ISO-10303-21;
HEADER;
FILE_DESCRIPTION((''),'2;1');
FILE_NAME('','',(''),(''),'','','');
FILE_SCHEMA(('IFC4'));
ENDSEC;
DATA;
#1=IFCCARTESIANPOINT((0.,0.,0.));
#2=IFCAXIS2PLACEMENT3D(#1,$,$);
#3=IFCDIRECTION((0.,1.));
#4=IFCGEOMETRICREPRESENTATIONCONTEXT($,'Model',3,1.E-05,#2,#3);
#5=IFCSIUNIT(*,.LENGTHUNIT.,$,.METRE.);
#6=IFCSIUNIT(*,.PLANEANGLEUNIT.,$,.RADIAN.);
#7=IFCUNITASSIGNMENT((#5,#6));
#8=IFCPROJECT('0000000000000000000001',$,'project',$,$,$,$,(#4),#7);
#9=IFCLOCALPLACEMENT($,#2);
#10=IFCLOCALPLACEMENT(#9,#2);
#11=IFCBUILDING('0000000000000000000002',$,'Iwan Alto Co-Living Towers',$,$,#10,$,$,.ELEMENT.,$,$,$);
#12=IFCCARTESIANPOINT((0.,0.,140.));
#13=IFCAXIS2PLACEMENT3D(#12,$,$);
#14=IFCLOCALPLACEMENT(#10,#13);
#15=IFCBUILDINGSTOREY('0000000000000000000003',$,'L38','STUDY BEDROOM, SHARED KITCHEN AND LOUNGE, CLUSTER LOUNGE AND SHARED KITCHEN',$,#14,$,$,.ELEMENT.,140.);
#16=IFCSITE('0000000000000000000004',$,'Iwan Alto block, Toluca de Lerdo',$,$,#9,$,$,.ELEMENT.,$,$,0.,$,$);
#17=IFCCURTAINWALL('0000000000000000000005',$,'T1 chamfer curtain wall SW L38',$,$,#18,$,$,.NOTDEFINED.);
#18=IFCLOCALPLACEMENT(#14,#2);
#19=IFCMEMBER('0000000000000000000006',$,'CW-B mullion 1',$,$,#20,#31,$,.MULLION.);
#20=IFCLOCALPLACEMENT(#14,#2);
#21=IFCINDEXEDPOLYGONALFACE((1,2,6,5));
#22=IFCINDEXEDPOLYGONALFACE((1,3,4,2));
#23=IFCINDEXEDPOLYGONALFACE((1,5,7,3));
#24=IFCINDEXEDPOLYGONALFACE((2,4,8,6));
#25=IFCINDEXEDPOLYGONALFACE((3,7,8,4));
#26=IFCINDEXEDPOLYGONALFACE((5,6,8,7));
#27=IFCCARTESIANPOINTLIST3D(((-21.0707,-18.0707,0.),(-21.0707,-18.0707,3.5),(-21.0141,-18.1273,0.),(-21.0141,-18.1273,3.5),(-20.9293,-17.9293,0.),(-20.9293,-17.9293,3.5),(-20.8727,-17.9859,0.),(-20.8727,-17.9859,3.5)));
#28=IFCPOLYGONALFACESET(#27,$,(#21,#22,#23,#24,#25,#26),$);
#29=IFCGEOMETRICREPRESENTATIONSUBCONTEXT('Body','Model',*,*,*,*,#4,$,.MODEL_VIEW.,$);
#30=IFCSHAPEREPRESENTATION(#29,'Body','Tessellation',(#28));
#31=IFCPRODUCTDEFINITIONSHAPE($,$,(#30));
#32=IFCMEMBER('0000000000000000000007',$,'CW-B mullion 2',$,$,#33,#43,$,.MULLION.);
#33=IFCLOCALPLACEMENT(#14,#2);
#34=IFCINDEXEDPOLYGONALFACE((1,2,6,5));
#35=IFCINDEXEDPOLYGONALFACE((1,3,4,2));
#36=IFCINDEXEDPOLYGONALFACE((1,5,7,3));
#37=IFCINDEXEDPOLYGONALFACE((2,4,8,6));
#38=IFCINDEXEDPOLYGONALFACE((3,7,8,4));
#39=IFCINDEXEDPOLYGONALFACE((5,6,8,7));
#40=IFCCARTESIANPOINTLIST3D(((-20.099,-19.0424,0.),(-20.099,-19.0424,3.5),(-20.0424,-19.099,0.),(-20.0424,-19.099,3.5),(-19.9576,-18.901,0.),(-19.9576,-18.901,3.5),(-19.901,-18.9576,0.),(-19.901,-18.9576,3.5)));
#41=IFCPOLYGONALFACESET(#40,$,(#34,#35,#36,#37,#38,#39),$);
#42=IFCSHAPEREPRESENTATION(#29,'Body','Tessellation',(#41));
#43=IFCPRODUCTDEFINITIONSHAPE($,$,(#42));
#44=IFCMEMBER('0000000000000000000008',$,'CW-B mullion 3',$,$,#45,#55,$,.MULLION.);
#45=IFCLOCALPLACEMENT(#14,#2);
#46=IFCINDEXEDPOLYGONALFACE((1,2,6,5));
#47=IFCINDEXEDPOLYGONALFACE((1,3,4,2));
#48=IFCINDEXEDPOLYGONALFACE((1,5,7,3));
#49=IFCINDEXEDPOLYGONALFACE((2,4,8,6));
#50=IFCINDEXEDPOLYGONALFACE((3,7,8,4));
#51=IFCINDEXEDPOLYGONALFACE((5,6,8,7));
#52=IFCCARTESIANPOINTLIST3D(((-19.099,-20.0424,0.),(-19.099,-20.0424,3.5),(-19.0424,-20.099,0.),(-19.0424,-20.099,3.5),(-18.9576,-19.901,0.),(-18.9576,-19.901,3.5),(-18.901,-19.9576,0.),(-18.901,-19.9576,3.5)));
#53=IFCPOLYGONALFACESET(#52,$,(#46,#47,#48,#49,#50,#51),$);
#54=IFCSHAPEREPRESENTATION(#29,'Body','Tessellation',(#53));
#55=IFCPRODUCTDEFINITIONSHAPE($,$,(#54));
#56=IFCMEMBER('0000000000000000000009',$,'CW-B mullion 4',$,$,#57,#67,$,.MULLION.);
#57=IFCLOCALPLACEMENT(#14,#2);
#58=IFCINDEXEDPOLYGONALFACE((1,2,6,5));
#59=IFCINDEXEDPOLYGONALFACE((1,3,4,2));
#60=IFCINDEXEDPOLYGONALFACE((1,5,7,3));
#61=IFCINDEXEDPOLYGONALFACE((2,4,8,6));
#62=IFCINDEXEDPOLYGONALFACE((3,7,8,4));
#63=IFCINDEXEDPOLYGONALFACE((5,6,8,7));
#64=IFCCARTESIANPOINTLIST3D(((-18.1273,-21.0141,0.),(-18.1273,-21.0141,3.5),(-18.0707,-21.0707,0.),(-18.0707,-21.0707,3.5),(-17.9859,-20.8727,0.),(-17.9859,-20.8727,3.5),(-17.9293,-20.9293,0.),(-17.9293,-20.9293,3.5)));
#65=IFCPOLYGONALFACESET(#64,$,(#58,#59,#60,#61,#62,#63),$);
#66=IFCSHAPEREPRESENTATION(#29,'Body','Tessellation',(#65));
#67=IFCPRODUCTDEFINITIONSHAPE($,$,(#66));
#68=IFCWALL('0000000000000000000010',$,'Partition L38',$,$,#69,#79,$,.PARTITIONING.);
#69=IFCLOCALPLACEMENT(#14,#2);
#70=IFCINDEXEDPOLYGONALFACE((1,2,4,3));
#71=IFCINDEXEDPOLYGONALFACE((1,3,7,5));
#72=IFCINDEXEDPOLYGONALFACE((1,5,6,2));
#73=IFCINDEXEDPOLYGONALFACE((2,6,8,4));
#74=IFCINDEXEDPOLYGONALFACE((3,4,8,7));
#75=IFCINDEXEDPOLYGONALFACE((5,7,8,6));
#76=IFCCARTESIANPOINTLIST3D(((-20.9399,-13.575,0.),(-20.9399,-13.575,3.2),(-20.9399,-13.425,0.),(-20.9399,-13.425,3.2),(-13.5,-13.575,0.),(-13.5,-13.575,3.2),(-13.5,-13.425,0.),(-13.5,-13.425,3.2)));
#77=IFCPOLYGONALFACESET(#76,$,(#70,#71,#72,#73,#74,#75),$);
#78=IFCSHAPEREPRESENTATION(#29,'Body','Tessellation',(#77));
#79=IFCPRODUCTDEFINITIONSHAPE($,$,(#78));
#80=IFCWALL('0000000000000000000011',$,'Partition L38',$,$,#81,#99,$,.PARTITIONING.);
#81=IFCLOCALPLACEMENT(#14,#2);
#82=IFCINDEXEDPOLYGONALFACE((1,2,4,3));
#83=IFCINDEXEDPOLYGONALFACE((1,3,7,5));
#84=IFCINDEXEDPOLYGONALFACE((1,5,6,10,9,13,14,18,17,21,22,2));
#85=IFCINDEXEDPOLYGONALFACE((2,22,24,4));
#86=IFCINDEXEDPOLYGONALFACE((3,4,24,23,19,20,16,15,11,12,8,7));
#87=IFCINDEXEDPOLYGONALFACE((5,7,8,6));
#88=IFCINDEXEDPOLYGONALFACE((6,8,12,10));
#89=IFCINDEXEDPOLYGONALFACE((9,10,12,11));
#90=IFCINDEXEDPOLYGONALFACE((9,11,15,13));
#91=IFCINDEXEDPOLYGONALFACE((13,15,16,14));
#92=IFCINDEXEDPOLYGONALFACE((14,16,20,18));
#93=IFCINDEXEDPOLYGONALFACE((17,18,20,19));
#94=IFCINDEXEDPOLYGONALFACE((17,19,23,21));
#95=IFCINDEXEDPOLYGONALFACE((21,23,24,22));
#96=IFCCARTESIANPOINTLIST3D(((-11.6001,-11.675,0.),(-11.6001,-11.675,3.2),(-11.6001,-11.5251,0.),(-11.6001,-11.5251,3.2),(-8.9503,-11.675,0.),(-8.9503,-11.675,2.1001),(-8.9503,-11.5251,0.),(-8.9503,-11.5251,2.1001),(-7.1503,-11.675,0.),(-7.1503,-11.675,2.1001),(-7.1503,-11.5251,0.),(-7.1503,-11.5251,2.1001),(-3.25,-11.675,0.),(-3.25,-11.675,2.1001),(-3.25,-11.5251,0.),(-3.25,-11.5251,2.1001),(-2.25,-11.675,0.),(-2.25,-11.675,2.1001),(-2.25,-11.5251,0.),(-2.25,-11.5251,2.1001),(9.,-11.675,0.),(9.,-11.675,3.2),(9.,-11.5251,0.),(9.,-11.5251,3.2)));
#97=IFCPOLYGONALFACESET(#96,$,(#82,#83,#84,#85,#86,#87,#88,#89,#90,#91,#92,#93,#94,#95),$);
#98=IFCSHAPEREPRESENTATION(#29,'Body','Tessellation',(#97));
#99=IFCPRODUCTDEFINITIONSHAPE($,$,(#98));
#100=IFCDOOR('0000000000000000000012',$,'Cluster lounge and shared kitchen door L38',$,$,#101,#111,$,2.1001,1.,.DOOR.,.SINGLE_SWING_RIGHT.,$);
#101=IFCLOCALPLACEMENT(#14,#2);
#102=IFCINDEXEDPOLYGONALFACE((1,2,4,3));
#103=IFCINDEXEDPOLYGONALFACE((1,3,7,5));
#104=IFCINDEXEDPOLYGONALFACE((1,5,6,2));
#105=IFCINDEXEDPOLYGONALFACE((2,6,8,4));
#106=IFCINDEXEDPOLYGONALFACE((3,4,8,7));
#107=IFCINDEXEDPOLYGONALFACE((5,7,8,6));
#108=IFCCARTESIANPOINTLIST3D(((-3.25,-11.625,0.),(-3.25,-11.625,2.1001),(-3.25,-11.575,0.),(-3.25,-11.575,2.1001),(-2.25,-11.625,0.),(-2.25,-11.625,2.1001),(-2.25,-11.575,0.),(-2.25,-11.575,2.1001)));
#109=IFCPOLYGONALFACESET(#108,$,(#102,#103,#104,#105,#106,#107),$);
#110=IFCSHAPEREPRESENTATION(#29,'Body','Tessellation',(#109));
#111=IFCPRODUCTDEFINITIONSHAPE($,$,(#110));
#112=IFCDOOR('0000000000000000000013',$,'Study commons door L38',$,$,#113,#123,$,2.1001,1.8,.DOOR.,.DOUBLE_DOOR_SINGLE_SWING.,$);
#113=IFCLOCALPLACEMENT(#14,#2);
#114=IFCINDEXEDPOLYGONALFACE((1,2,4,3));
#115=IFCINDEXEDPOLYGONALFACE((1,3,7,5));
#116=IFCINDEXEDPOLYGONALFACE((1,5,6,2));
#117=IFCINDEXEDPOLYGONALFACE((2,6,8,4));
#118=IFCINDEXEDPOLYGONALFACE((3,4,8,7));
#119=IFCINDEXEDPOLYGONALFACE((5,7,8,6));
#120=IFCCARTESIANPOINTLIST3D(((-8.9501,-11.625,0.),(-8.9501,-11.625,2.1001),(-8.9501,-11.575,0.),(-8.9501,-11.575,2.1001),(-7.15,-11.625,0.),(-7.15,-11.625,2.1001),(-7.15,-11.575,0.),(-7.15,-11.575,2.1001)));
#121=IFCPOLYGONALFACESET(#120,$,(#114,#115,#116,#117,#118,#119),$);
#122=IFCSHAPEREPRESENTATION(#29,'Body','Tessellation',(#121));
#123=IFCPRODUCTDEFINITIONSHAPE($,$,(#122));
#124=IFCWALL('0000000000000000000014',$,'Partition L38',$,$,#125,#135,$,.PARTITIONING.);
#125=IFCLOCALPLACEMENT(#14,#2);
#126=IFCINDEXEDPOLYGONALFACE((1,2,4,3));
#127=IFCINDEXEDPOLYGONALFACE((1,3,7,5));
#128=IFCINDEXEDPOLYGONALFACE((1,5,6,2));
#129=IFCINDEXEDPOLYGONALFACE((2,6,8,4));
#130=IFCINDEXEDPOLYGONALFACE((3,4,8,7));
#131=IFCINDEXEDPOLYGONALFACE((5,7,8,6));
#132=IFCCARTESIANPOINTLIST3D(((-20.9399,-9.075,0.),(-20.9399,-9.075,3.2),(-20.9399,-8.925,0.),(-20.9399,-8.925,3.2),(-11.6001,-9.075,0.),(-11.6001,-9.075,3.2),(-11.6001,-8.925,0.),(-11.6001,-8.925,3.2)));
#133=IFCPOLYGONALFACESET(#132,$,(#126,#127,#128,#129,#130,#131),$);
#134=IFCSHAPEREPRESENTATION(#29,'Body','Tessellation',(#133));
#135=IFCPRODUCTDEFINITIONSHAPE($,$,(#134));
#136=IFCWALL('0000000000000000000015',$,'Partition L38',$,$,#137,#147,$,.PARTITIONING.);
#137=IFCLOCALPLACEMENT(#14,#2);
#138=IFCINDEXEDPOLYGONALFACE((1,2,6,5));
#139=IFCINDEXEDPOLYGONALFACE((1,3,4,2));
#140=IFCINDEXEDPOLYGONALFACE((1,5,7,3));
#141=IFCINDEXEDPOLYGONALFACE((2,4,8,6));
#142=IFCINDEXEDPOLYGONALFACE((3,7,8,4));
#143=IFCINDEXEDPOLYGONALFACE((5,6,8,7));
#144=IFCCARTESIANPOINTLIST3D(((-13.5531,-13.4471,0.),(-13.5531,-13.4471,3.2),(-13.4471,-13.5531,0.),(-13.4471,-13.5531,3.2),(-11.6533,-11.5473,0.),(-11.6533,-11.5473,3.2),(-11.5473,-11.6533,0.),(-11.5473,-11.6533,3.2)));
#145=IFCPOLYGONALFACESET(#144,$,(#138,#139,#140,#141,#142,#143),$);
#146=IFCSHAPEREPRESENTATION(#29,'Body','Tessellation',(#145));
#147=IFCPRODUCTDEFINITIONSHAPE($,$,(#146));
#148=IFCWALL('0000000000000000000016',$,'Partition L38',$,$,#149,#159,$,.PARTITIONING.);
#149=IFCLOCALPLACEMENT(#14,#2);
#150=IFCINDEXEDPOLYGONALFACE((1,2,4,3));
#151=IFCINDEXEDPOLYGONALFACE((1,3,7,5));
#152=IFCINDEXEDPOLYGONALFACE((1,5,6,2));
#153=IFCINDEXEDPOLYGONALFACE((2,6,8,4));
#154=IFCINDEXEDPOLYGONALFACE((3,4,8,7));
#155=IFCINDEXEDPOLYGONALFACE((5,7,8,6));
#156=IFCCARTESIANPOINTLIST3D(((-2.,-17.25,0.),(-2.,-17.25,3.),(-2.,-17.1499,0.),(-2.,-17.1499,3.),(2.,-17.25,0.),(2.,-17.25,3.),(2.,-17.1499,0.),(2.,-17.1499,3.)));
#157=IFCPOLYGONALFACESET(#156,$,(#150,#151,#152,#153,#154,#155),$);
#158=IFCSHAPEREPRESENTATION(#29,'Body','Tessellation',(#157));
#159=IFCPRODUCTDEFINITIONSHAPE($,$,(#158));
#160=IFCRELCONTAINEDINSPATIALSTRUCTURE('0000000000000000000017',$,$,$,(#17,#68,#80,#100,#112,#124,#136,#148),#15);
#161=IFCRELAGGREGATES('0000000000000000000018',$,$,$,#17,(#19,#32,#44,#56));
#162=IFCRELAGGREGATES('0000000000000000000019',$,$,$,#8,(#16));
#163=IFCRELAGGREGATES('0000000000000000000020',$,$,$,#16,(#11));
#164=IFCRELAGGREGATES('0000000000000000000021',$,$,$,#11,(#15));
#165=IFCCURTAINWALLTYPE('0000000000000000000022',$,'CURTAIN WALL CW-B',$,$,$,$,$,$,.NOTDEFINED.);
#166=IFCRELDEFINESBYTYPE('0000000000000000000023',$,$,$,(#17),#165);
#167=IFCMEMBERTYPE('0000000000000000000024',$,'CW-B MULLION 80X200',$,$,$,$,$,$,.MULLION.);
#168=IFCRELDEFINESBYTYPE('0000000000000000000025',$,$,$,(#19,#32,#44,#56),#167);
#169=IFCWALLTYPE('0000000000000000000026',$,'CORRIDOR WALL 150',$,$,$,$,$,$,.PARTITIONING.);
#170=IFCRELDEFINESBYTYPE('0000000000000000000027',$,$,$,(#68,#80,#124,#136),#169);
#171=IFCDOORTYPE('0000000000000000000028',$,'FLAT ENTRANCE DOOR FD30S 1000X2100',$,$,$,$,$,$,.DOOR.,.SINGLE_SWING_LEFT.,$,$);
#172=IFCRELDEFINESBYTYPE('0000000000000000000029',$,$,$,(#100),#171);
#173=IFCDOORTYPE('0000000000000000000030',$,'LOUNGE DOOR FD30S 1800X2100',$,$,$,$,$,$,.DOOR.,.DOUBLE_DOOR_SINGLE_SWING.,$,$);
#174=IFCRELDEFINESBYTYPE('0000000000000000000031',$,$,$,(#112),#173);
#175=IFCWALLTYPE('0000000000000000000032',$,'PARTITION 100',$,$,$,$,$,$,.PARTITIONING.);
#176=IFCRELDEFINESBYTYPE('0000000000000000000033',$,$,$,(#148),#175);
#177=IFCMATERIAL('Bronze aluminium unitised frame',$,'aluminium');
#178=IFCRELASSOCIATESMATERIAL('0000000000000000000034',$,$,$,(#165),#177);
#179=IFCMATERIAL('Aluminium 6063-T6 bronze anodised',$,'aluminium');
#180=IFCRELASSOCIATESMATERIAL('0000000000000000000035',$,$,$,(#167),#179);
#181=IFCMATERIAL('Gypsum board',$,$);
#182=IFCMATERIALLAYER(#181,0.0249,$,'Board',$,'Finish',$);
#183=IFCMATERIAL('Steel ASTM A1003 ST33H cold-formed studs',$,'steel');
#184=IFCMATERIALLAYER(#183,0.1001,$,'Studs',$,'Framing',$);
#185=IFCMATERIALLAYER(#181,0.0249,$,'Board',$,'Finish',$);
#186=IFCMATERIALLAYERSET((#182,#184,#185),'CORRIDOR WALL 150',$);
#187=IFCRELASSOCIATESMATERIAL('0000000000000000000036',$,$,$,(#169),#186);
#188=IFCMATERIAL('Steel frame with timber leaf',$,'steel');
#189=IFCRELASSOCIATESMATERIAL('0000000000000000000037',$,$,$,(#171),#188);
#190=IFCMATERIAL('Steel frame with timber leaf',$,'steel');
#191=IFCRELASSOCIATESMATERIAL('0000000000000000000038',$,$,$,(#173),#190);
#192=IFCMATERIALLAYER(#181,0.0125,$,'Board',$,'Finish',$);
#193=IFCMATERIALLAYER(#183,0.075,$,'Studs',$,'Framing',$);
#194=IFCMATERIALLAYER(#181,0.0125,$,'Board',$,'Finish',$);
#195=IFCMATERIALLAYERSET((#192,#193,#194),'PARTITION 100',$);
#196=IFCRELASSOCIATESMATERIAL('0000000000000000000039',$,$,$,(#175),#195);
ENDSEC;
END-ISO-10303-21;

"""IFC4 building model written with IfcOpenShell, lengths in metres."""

from ifc_helpers import new_model, si_unit, direction, frame, frame_2d, origin, origin_2d, place, context, subcontext, project, spatial, rectangle, extrude, material, layer, layer_set, material_profile, profile_set, type_object, element, fill, aggregate, save


model = new_model("IFC4")

# Units and contexts
model_context = context("Model", 3, precision=1e-05, world=origin(), true_north=direction((0.0, 1.0)))
body_context = subcontext(model_context, "Body", "Model", "MODEL_VIEW")
ifc_project = project(units=[si_unit("LENGTHUNIT", "METRE"), si_unit("PLANEANGLEUNIT", "RADIAN")], contexts=[model_context])

# Site, building, storey
site_placement = place(None, origin())
site = spatial("IfcSite", under=ifc_project, at=site_placement, Name="Iwan Alto block, Toluca de Lerdo", CompositionType="ELEMENT", RefElevation=0.0)
building_placement = place(site_placement, origin())
building = spatial("IfcBuilding", under=site, at=building_placement, Name="Iwan Alto Co-Living Towers", CompositionType="ELEMENT")
storey_placement = place(building_placement, frame((0.0, 0.0, 140.0)))
storey = spatial("IfcBuildingStorey", under=building, at=storey_placement, Name="L38", Description="STUDY BEDROOM, SHARED KITCHEN AND LOUNGE, CLUSTER LOUNGE AND SHARED KITCHEN", CompositionType="ELEMENT", Elevation=140.0)

# Curtain wall, members
ifc_material_1 = material(Name="Bronze aluminium unitised frame", Category="aluminium")
curtain_wall_type = type_object("IfcCurtainWallType", Name="CURTAIN WALL CW-B", PredefinedType="NOTDEFINED", material=ifc_material_1)
curtain_wall_placement = place(storey_placement, origin())
curtain_wall = element("IfcCurtainWall", 1, at=curtain_wall_placement, inside=storey, type_object=curtain_wall_type, Name="T1 chamfer curtain wall SW L38", PredefinedType="NOTDEFINED")
ifc_material_2 = material(Name="Aluminium 6063-T6 bronze anodised", Category="aluminium")
ifc_material_profile = material_profile(ifc_material_2, rectangle(XDim=0.2, YDim=0.0801, at=origin_2d()), Name="AL 80X200")
ifc_profile_set = profile_set([ifc_material_profile], Name="Aluminium 6063-T6 bronze anodised")
member_type = type_object("IfcMemberType", Name="CW-B MULLION 80X200", PredefinedType="MULLION", material=ifc_profile_set)
member_1_placement = place(storey_placement, frame((-20.9717, -18.0283, 0.0), z_axis=(0.0, 0.0, 1.0), x_axis=(0.707107, 0.707107, 0.0)))
member_1 = element("IfcMember", 2, at=member_1_placement, type_object=member_type, Name="CW-B mullion 1", PredefinedType="MULLION", context=body_context, shape_type="SweptSolid", body=[
    extrude(rectangle(XDim=0.2, YDim=0.0801, at=origin_2d()), origin(), (0.0, 0.0, 1.0), 3.5),
])
member_2_placement = place(storey_placement, frame((-20.0, -19.0, 0.0), z_axis=(0.0, 0.0, 1.0), x_axis=(0.707107, 0.707107, 0.0)))
member_2 = element("IfcMember", 3, at=member_2_placement, type_object=member_type, Name="CW-B mullion 2", PredefinedType="MULLION", context=body_context, shape_type="SweptSolid", body=[
    extrude(rectangle(XDim=0.2, YDim=0.0801, at=origin_2d()), origin(), (0.0, 0.0, 1.0), 3.5),
])
member_3_placement = place(storey_placement, frame((-19.0, -20.0, 0.0), z_axis=(0.0, 0.0, 1.0), x_axis=(0.707107, 0.707107, 0.0)))
member_3 = element("IfcMember", 4, at=member_3_placement, type_object=member_type, Name="CW-B mullion 3", PredefinedType="MULLION", context=body_context, shape_type="SweptSolid", body=[
    extrude(rectangle(XDim=0.2, YDim=0.0801, at=origin_2d()), origin(), (0.0, 0.0, 1.0), 3.5),
])
member_4_placement = place(storey_placement, frame((-18.0283, -20.9717, 0.0), z_axis=(0.0, 0.0, 1.0), x_axis=(0.707107, 0.707107, 0.0)))
member_4 = element("IfcMember", 5, at=member_4_placement, type_object=member_type, Name="CW-B mullion 4", PredefinedType="MULLION", context=body_context, shape_type="SweptSolid", body=[
    extrude(rectangle(XDim=0.2, YDim=0.0801, at=origin_2d()), origin(), (0.0, 0.0, 1.0), 3.5),
])
aggregate(curtain_wall, [member_1, member_2, member_3, member_4])

# Wall
ifc_material_3 = material(Name="Gypsum board")
ifc_layer_1 = layer(ifc_material_3, 0.0249, Name="Board", Category="Finish")
ifc_material_4 = material(Name="Steel ASTM A1003 ST33H cold-formed studs", Category="steel")
ifc_layer_2 = layer(ifc_material_4, 0.1001, Name="Studs", Category="Framing")
ifc_layer_3 = layer(ifc_material_3, 0.0249, Name="Board", Category="Finish")
ifc_layer_set_1 = layer_set([ifc_layer_1, ifc_layer_2, ifc_layer_3], Name="CORRIDOR WALL 150")
wall_type_1 = type_object("IfcWallType", Name="CORRIDOR WALL 150", PredefinedType="PARTITIONING", material=ifc_layer_set_1)
wall_1_placement = place(storey_placement, frame((-20.9399, -13.5, 0.0), z_axis=(0.0, 0.0, 1.0), x_axis=(1.0, 0.0, 0.0)))
element("IfcWall", 6, at=wall_1_placement, inside=storey, type_object=wall_type_1, Name="Partition L38", PredefinedType="PARTITIONING", context=body_context, shape_type="SweptSolid", body=[
    extrude(rectangle(XDim=7.4399, YDim=0.1499, at=frame_2d((3.72, 0.0))), origin(), (0.0, 0.0, 1.0), 3.2),
])

# Wall, openings, doors
wall_2_placement = place(storey_placement, frame((-11.6001, -11.6001, 0.0), z_axis=(0.0, 0.0, 1.0), x_axis=(1.0, 0.0, 0.0)))
wall_2 = element("IfcWall", 7, at=wall_2_placement, inside=storey, type_object=wall_type_1, Name="Partition L38", PredefinedType="PARTITIONING", context=body_context, shape_type="SweptSolid", body=[
    extrude(rectangle(XDim=20.6001, YDim=0.1499, at=frame_2d((10.3, 0.0))), origin(), (0.0, 0.0, 1.0), 3.2),
])
opening_1_placement = place(wall_2_placement, frame((2.6499, 0.0, 0.0)))
opening_1 = element("IfcOpeningElement", 8, at=opening_1_placement, cuts=wall_2, PredefinedType="OPENING", context=body_context, shape_type="SweptSolid", body=[
    extrude(rectangle(XDim=1.8, YDim=2.1001, at=frame_2d((0.8999, 1.05))), frame((0.0, 0.085, 0.0), z_axis=(0.0, -1.0, 0.0), x_axis=(1.0, 0.0, 0.0)), (0.0, 0.0, 1.0), 0.1699),
])
opening_2_placement = place(wall_2_placement, frame((8.3501, 0.0, 0.0)))
opening_2 = element("IfcOpeningElement", 9, at=opening_2_placement, cuts=wall_2, PredefinedType="OPENING", context=body_context, shape_type="SweptSolid", body=[
    extrude(rectangle(XDim=1.0, YDim=2.1001, at=frame_2d((0.5, 1.05))), frame((0.0, 0.085, 0.0), z_axis=(0.0, -1.0, 0.0), x_axis=(1.0, 0.0, 0.0)), (0.0, 0.0, 1.0), 0.1699),
])
ifc_material_5 = material(Name="Steel frame with timber leaf", Category="steel")
door_type_1 = type_object("IfcDoorType", Name="FLAT ENTRANCE DOOR FD30S 1000X2100", OperationType="SINGLE_SWING_LEFT", PredefinedType="DOOR", material=ifc_material_5)
door_1_placement = place(opening_2_placement, frame((1.0, 0.0, 0.0), z_axis=(0.0, 0.0, 1.0), x_axis=(-1.0, 0.0, 0.0)))
door_1 = element("IfcDoor", 10, at=door_1_placement, inside=storey, type_object=door_type_1, Name="Cluster lounge and shared kitchen door L38", OperationType="SINGLE_SWING_RIGHT", OverallHeight=2.1001, OverallWidth=1.0, PredefinedType="DOOR", context=body_context, shape_type="SweptSolid", body=[
    extrude(rectangle(XDim=1.0, YDim=2.1001, at=frame_2d((0.5, 1.05))), frame((0.0, 0.0249, 0.0), z_axis=(0.0, -1.0, 0.0), x_axis=(1.0, 0.0, 0.0)), (0.0, 0.0, 1.0), 0.05),
])
fill(opening_2, door_1)
ifc_material_6 = material(Name="Steel frame with timber leaf", Category="steel")
door_type_2 = type_object("IfcDoorType", Name="LOUNGE DOOR FD30S 1800X2100", OperationType="DOUBLE_DOOR_SINGLE_SWING", PredefinedType="DOOR", material=ifc_material_6)
door_2_placement = place(opening_1_placement, frame((1.8, 0.0, 0.0), z_axis=(0.0, 0.0, 1.0), x_axis=(-1.0, 0.0, 0.0)))
door_2 = element("IfcDoor", 11, at=door_2_placement, inside=storey, type_object=door_type_2, Name="Study commons door L38", OperationType="DOUBLE_DOOR_SINGLE_SWING", OverallHeight=2.1001, OverallWidth=1.8, PredefinedType="DOOR", context=body_context, shape_type="SweptSolid", body=[
    extrude(rectangle(XDim=1.8, YDim=2.1001, at=frame_2d((0.8999, 1.05))), frame((0.0, 0.0249, 0.0), z_axis=(0.0, -1.0, 0.0), x_axis=(1.0, 0.0, 0.0)), (0.0, 0.0, 1.0), 0.05),
])
fill(opening_1, door_2)

# Walls
wall_3_placement = place(storey_placement, frame((-20.9399, -9.0, 0.0), z_axis=(0.0, 0.0, 1.0), x_axis=(1.0, 0.0, 0.0)))
element("IfcWall", 12, at=wall_3_placement, inside=storey, type_object=wall_type_1, Name="Partition L38", PredefinedType="PARTITIONING", context=body_context, shape_type="SweptSolid", body=[
    extrude(rectangle(XDim=9.3398, YDim=0.1499, at=frame_2d((4.6699, 0.0))), origin(), (0.0, 0.0, 1.0), 3.2),
])
wall_4_placement = place(storey_placement, frame((-13.5, -13.5, 0.0), z_axis=(0.0, 0.0, 1.0), x_axis=(0.707107, 0.707107, 0.0)))
element("IfcWall", 13, at=wall_4_placement, inside=storey, type_object=wall_type_1, Name="Partition L38", PredefinedType="PARTITIONING", context=body_context, shape_type="SweptSolid", body=[
    extrude(rectangle(XDim=2.6868, YDim=0.1499, at=frame_2d((1.3433, 0.0))), origin(), (0.0, 0.0, 1.0), 3.2),
])
ifc_layer_4 = layer(ifc_material_3, 0.0125, Name="Board", Category="Finish")
ifc_layer_5 = layer(ifc_material_4, 0.075, Name="Studs", Category="Framing")
ifc_layer_6 = layer(ifc_material_3, 0.0125, Name="Board", Category="Finish")
ifc_layer_set_2 = layer_set([ifc_layer_4, ifc_layer_5, ifc_layer_6], Name="PARTITION 100")
wall_type_2 = type_object("IfcWallType", Name="PARTITION 100", PredefinedType="PARTITIONING", material=ifc_layer_set_2)
wall_5_placement = place(storey_placement, frame((-2.0, -17.2, 0.0), z_axis=(0.0, 0.0, 1.0), x_axis=(1.0, 0.0, 0.0)))
element("IfcWall", 14, at=wall_5_placement, inside=storey, type_object=wall_type_2, Name="Partition L38", PredefinedType="PARTITIONING", context=body_context, shape_type="SweptSolid", body=[
    extrude(rectangle(XDim=4.0, YDim=0.1001, at=frame_2d((2.0, 0.0))), origin(), (0.0, 0.0, 1.0), 3.0),
])

save(model, "model.ifc")
